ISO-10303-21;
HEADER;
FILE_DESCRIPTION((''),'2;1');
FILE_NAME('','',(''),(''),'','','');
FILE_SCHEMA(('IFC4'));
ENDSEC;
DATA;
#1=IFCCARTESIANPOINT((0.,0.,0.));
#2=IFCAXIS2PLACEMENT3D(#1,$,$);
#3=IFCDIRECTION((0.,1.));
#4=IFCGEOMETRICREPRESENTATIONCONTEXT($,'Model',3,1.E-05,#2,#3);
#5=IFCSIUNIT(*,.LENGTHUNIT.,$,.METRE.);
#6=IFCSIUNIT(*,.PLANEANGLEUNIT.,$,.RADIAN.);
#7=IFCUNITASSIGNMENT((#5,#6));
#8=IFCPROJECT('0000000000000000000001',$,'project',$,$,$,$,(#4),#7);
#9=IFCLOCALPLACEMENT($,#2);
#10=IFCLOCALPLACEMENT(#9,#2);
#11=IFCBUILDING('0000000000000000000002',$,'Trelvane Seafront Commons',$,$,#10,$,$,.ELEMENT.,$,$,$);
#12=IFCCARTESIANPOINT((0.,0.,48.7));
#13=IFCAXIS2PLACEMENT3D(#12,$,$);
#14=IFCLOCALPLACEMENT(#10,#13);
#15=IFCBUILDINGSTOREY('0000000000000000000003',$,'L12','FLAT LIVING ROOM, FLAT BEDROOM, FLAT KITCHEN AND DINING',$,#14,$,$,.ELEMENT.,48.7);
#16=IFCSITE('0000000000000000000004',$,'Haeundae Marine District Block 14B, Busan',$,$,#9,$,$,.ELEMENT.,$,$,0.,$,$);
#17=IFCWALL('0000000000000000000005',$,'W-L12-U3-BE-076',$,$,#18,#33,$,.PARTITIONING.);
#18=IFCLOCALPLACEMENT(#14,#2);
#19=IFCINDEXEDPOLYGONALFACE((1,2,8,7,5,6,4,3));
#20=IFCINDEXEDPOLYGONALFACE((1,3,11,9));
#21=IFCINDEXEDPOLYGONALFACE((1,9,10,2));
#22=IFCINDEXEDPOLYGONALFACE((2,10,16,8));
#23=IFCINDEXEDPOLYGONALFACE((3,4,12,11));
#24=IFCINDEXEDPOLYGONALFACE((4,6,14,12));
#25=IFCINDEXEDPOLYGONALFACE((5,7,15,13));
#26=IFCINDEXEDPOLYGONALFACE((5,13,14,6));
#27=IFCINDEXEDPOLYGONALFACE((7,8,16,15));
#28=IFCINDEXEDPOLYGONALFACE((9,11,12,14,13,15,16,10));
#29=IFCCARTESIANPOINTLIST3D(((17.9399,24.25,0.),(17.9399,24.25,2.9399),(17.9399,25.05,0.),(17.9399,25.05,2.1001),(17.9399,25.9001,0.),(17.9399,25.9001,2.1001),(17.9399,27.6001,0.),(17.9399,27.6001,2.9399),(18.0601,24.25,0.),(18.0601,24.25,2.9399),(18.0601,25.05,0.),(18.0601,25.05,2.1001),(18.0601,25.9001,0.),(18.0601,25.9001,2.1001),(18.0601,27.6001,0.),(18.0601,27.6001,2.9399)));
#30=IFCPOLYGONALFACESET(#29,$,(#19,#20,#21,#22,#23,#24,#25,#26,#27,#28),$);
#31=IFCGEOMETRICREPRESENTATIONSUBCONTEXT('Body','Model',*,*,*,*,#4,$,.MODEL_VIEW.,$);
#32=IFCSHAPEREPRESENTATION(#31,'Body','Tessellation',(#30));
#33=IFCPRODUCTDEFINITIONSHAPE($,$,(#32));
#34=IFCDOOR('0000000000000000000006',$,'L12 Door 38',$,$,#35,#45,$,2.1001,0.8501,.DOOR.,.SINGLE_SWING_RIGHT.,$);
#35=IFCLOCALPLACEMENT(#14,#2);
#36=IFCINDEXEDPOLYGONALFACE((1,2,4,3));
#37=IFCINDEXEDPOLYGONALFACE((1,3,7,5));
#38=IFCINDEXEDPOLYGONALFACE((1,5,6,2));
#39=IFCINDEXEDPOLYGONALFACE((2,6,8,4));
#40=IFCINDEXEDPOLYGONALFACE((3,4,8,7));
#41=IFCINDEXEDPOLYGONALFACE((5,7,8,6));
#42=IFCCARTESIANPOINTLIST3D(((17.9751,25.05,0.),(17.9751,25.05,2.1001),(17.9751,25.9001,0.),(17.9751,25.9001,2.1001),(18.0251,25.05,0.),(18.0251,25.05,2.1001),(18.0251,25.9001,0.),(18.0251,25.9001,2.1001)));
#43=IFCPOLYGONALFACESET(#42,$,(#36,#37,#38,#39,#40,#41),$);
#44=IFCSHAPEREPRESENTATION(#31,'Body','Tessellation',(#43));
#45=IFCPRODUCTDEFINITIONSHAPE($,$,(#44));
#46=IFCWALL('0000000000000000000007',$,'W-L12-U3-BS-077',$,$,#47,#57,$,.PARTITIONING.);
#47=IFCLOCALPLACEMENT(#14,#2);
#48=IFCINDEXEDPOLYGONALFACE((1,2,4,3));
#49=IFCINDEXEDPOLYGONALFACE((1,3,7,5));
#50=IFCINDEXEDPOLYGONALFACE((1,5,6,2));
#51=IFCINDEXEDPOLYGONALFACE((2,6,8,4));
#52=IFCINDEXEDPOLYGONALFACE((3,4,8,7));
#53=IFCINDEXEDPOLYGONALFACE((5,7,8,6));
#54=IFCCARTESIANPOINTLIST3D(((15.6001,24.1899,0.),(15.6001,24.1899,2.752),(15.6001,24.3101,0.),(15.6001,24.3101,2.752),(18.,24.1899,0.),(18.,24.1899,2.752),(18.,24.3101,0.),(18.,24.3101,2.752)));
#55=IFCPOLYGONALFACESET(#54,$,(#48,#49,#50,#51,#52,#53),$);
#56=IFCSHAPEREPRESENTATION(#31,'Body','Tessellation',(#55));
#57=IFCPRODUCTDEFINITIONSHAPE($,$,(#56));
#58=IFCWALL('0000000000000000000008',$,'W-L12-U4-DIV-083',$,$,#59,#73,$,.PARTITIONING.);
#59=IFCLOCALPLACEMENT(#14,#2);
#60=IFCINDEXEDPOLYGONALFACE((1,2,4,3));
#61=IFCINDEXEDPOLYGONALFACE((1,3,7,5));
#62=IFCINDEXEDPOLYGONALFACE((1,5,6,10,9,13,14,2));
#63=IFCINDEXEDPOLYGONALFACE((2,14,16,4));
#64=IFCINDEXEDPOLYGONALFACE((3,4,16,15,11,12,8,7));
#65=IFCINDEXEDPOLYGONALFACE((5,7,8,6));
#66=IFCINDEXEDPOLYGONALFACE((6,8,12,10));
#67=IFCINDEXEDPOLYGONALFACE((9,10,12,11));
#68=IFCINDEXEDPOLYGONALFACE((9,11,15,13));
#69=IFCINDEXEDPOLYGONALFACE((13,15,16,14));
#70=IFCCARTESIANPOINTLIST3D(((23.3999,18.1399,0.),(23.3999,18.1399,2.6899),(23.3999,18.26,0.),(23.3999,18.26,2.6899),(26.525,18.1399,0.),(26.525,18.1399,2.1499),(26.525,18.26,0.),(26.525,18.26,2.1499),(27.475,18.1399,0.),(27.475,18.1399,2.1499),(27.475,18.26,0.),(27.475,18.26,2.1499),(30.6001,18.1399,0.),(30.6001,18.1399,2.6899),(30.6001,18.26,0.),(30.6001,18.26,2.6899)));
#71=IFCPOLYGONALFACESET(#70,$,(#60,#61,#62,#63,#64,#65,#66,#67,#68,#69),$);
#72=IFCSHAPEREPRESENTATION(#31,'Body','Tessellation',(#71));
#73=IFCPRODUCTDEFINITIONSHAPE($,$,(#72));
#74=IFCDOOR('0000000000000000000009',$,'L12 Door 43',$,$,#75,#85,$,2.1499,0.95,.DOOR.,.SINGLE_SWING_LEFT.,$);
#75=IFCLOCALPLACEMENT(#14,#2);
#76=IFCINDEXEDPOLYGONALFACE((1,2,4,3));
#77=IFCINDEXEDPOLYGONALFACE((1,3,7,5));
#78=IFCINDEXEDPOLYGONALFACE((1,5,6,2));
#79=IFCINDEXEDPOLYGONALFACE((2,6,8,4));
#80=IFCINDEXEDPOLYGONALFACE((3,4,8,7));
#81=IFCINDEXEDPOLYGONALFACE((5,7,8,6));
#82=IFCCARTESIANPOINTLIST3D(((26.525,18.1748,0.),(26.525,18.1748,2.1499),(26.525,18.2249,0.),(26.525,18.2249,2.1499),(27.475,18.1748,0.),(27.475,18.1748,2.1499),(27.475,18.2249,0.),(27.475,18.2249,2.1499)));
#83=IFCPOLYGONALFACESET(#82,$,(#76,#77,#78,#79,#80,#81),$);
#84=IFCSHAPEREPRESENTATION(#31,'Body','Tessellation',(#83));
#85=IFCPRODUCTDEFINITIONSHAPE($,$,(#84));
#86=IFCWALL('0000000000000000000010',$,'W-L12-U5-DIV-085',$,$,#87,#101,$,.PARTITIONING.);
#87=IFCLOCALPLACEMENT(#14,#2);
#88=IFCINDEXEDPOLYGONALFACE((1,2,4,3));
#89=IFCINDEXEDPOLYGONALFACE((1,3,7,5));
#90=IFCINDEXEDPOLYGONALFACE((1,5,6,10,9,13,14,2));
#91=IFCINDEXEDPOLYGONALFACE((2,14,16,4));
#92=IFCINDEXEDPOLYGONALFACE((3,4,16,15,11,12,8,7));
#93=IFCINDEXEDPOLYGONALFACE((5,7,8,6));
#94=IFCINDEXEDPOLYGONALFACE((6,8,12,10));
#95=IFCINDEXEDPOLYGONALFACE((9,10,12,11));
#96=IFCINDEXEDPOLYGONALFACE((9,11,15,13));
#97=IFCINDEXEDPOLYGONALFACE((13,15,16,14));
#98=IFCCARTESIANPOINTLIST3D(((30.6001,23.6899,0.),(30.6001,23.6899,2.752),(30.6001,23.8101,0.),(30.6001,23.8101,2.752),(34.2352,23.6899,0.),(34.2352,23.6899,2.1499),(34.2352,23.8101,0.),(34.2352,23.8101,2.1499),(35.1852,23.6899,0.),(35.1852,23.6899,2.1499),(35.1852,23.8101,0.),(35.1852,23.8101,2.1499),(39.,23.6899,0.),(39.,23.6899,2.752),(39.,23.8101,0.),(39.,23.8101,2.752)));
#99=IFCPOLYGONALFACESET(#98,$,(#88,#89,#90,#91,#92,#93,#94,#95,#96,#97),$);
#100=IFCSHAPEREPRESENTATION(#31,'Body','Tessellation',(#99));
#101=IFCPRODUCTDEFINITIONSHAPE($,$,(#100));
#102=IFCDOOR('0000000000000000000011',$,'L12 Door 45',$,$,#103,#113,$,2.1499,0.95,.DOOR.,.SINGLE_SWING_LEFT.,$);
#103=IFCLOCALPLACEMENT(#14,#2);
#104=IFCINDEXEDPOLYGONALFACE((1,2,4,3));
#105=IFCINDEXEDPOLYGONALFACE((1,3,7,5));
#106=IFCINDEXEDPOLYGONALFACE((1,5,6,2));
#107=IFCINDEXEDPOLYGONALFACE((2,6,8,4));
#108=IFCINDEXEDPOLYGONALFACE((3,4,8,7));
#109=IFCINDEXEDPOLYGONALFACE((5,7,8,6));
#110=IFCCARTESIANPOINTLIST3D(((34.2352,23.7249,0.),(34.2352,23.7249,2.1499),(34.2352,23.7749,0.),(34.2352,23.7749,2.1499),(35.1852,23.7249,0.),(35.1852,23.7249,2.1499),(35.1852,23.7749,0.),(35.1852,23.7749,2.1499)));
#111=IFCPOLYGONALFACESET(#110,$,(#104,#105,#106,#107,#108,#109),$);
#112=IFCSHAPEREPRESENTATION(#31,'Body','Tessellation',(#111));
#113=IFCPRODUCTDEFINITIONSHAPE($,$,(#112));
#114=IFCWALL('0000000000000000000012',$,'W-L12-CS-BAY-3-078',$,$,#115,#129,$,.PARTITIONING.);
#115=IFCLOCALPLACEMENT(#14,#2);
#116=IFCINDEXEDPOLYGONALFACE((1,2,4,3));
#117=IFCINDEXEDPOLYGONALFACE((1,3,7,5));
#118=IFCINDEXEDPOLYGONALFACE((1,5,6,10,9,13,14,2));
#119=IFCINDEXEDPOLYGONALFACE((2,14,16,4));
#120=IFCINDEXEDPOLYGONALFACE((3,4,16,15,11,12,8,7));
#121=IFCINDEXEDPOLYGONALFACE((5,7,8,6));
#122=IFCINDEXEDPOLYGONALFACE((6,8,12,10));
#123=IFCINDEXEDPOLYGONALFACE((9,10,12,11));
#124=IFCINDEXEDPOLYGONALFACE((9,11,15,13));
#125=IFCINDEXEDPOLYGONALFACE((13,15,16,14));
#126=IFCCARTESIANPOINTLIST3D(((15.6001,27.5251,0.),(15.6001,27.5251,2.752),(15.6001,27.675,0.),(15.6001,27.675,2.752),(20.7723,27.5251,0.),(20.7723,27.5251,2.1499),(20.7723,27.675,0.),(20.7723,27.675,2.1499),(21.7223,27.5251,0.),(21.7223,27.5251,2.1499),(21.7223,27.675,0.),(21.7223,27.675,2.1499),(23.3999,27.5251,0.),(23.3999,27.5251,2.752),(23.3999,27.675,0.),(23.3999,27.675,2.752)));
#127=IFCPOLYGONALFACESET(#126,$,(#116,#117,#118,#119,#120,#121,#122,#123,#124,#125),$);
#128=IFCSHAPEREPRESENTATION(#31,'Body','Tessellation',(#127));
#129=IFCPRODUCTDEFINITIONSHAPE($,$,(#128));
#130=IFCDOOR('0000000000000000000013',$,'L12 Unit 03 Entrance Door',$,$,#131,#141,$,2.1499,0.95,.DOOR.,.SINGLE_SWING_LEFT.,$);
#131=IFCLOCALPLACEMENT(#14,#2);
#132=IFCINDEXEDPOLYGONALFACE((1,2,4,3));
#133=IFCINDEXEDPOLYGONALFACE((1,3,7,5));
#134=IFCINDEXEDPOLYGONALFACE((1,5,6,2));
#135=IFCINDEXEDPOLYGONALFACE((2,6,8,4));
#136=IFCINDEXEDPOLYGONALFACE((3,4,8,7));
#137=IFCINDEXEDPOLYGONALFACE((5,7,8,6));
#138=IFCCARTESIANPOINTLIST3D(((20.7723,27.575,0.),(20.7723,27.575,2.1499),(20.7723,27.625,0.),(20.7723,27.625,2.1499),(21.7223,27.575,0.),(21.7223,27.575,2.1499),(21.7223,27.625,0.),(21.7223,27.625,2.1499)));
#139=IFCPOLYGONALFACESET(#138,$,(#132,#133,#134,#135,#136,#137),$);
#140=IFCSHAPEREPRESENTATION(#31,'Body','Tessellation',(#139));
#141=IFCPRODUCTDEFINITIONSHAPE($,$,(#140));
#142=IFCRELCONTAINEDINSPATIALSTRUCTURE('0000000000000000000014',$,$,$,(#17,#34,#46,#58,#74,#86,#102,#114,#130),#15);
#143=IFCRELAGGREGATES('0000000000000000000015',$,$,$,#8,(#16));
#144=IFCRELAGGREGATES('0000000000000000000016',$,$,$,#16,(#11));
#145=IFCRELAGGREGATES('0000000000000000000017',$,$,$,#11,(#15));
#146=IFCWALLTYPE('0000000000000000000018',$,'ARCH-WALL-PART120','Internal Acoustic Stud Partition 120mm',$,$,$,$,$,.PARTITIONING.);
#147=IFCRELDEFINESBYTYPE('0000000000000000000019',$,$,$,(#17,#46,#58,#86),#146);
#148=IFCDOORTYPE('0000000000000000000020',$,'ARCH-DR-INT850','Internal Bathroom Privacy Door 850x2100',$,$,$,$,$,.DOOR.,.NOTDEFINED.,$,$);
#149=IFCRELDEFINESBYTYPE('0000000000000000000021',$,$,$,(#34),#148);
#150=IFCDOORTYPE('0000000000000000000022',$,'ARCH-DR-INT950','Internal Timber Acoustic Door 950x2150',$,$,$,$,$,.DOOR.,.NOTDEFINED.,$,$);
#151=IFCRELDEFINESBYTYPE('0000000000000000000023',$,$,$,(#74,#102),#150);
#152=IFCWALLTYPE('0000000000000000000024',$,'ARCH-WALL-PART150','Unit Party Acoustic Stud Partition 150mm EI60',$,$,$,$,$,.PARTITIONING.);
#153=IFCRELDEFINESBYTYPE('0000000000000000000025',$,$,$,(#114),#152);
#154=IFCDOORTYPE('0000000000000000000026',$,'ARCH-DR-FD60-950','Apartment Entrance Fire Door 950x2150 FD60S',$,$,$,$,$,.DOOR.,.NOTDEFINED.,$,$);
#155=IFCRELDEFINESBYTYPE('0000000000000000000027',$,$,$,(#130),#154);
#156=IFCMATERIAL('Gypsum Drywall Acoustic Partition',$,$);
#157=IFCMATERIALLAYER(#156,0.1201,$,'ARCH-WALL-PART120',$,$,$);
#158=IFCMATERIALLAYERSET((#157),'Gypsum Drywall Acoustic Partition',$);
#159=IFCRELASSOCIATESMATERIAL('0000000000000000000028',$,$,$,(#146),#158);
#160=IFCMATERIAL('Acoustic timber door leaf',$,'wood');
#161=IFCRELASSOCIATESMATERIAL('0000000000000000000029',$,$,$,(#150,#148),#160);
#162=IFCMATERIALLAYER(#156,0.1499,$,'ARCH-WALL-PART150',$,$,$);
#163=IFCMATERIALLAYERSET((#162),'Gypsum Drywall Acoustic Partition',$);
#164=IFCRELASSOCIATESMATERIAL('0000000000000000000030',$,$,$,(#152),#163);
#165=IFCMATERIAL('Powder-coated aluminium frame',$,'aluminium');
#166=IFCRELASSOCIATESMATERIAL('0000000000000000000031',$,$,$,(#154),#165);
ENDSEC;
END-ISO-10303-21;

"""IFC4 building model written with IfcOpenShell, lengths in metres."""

from ifc_helpers import new_model, si_unit, direction, frame, frame_2d, origin, place, context, subcontext, project, spatial, rectangle, extrude, source, transform, mapped, material, layer, layer_set, type_object, element, fill, save


model = new_model("IFC4")

# Units and contexts
model_context = context("Model", 3, precision=1e-05, world=origin(), true_north=direction((0.0, 1.0)))
body_context = subcontext(model_context, "Body", "Model", "MODEL_VIEW")
ifc_project = project(units=[si_unit("LENGTHUNIT", "METRE"), si_unit("PLANEANGLEUNIT", "RADIAN")], contexts=[model_context])

# Site, building, storey
site_placement = place(None, origin())
site = spatial("IfcSite", under=ifc_project, at=site_placement, Name="Haeundae Marine District Block 14B, Busan", CompositionType="ELEMENT", RefElevation=0.0)
building_placement = place(site_placement, origin())
building = spatial("IfcBuilding", under=site, at=building_placement, Name="Trelvane Seafront Commons", CompositionType="ELEMENT")
storey_placement = place(building_placement, frame((0.0, 0.0, 48.7)))
storey = spatial("IfcBuildingStorey", under=building, at=storey_placement, Name="L12", Description="FLAT LIVING ROOM, FLAT BEDROOM, FLAT KITCHEN AND DINING", CompositionType="ELEMENT", Elevation=48.7)

# Shared definitions
ifc_material_1 = material(Name="Gypsum Drywall Acoustic Partition")
ifc_layer_1 = layer(ifc_material_1, 0.1201, Name="ARCH-WALL-PART120")
ifc_layer_set_1 = layer_set([ifc_layer_1], Name="Gypsum Drywall Acoustic Partition")
wall_type_1 = type_object("IfcWallType", Name="ARCH-WALL-PART120", Description="Internal Acoustic Stud Partition 120mm", PredefinedType="PARTITIONING", material=ifc_layer_set_1)
ifc_material_2 = material(Name="Acoustic timber door leaf", Category="wood")
door_type_1 = type_object("IfcDoorType", Name="ARCH-DR-INT950", Description="Internal Timber Acoustic Door 950x2150", OperationType="NOTDEFINED", PredefinedType="DOOR", material=ifc_material_2)
shared_shape_1 = source(origin(), body_context, "Body", "SweptSolid", [
    extrude(rectangle(XDim=0.95, YDim=2.1499, at=frame_2d((0.4751, 1.075))), frame((0.0, 0.0249, 0.0), z_axis=(0.0, -1.0, 0.0), x_axis=(1.0, 0.0, 0.0)), (0.0, 0.0, 1.0), 0.05),
])

# Wall, opening, door
wall_1_placement = place(storey_placement, frame((18.0, 24.25, 0.0), z_axis=(0.0, 0.0, 1.0), x_axis=(0.0, 1.0, 0.0)))
wall_1 = element("IfcWall", 1, at=wall_1_placement, inside=storey, type_object=wall_type_1, Name="W-L12-U3-BE-076", PredefinedType="PARTITIONING", context=body_context, shape_type="SweptSolid", body=[
    extrude(rectangle(XDim=3.3501, YDim=0.1201, at=frame_2d((1.675, 0.0))), origin(), (0.0, 0.0, 1.0), 2.9399),
])
opening_1_placement = place(wall_1_placement, frame((0.8, 0.0, 0.0)))
opening_1 = element("IfcOpeningElement", 2, at=opening_1_placement, cuts=wall_1, PredefinedType="OPENING", context=body_context, shape_type="SweptSolid", body=[
    extrude(rectangle(XDim=0.8501, YDim=2.1001, at=frame_2d((0.425, 1.05))), frame((0.0, 0.0701, 0.0), z_axis=(0.0, -1.0, 0.0), x_axis=(1.0, 0.0, 0.0)), (0.0, 0.0, 1.0), 0.1401),
])
door_type_2 = type_object("IfcDoorType", Name="ARCH-DR-INT850", Description="Internal Bathroom Privacy Door 850x2100", OperationType="NOTDEFINED", PredefinedType="DOOR", material=ifc_material_2)
shared_shape_2 = source(origin(), body_context, "Body", "SweptSolid", [
    extrude(rectangle(XDim=0.8501, YDim=2.1001, at=frame_2d((0.425, 1.05))), frame((0.0, 0.0249, 0.0), z_axis=(0.0, -1.0, 0.0), x_axis=(1.0, 0.0, 0.0)), (0.0, 0.0, 1.0), 0.05),
])
door_1_placement = place(opening_1_placement, origin())
door_1 = element("IfcDoor", 3, at=door_1_placement, inside=storey, type_object=door_type_2, Name="L12 Door 38", OperationType="SINGLE_SWING_RIGHT", OverallHeight=2.1001, OverallWidth=0.8501, PredefinedType="DOOR", context=body_context, shape_type="MappedRepresentation", body=[
    mapped(shared_shape_2, transform((0.0, 0.0, 0.0), x_axis=(1.0, 0.0, 0.0), y_axis=(0.0, 1.0, 0.0), z_axis=(0.0, 0.0, 1.0), scale=1.0)),
])
fill(opening_1, door_1)

# Wall
wall_2_placement = place(storey_placement, frame((15.6001, 24.25, 0.0), z_axis=(0.0, 0.0, 1.0), x_axis=(1.0, 0.0, 0.0)))
element("IfcWall", 4, at=wall_2_placement, inside=storey, type_object=wall_type_1, Name="W-L12-U3-BS-077", PredefinedType="PARTITIONING", context=body_context, shape_type="SweptSolid", body=[
    extrude(rectangle(XDim=2.3999, YDim=0.1201, at=frame_2d((1.2, 0.0))), origin(), (0.0, 0.0, 1.0), 2.752),
])

# Walls, openings, doors
wall_3_placement = place(storey_placement, frame((23.3999, 18.2, 0.0), z_axis=(0.0, 0.0, 1.0), x_axis=(1.0, 0.0, 0.0)))
wall_3 = element("IfcWall", 5, at=wall_3_placement, inside=storey, type_object=wall_type_1, Name="W-L12-U4-DIV-083", PredefinedType="PARTITIONING", context=body_context, shape_type="SweptSolid", body=[
    extrude(rectangle(XDim=7.2002, YDim=0.1201, at=frame_2d((3.6001, 0.0))), origin(), (0.0, 0.0, 1.0), 2.6899),
])
opening_2_placement = place(wall_3_placement, frame((3.125, 0.0, 0.0)))
opening_2 = element("IfcOpeningElement", 6, at=opening_2_placement, cuts=wall_3, PredefinedType="OPENING", context=body_context, shape_type="SweptSolid", body=[
    extrude(rectangle(XDim=0.95, YDim=2.1499, at=frame_2d((0.4751, 1.075))), frame((0.0, 0.0701, 0.0), z_axis=(0.0, -1.0, 0.0), x_axis=(1.0, 0.0, 0.0)), (0.0, 0.0, 1.0), 0.1401),
])
door_2_placement = place(opening_2_placement, origin())
door_2 = element("IfcDoor", 7, at=door_2_placement, inside=storey, type_object=door_type_1, Name="L12 Door 43", OperationType="SINGLE_SWING_LEFT", OverallHeight=2.1499, OverallWidth=0.95, PredefinedType="DOOR", context=body_context, shape_type="MappedRepresentation", body=[
    mapped(shared_shape_1, transform((0.0, 0.0, 0.0), x_axis=(1.0, 0.0, 0.0), y_axis=(0.0, 1.0, 0.0), z_axis=(0.0, 0.0, 1.0), scale=1.0)),
])
fill(opening_2, door_2)
wall_4_placement = place(storey_placement, frame((30.6001, 23.75, 0.0), z_axis=(0.0, 0.0, 1.0), x_axis=(1.0, 0.0, 0.0)))
wall_4 = element("IfcWall", 8, at=wall_4_placement, inside=storey, type_object=wall_type_1, Name="W-L12-U5-DIV-085", PredefinedType="PARTITIONING", context=body_context, shape_type="SweptSolid", body=[
    extrude(rectangle(XDim=8.3999, YDim=0.1201, at=frame_2d((4.2, 0.0))), origin(), (0.0, 0.0, 1.0), 2.752),
])
opening_3_placement = place(wall_4_placement, frame((3.635, 0.0, 0.0)))
opening_3 = element("IfcOpeningElement", 9, at=opening_3_placement, cuts=wall_4, PredefinedType="OPENING", context=body_context, shape_type="SweptSolid", body=[
    extrude(rectangle(XDim=0.95, YDim=2.1499, at=frame_2d((0.4751, 1.075))), frame((0.0, 0.0701, 0.0), z_axis=(0.0, -1.0, 0.0), x_axis=(1.0, 0.0, 0.0)), (0.0, 0.0, 1.0), 0.1401),
])
door_3_placement = place(opening_3_placement, origin())
door_3 = element("IfcDoor", 10, at=door_3_placement, inside=storey, type_object=door_type_1, Name="L12 Door 45", OperationType="SINGLE_SWING_LEFT", OverallHeight=2.1499, OverallWidth=0.95, PredefinedType="DOOR", context=body_context, shape_type="MappedRepresentation", body=[
    mapped(shared_shape_1, transform((0.0, 0.0, 0.0), x_axis=(1.0, 0.0, 0.0), y_axis=(0.0, 1.0, 0.0), z_axis=(0.0, 0.0, 1.0), scale=1.0)),
])
fill(opening_3, door_3)
ifc_layer_2 = layer(ifc_material_1, 0.1499, Name="ARCH-WALL-PART150")
ifc_layer_set_2 = layer_set([ifc_layer_2], Name="Gypsum Drywall Acoustic Partition")
wall_type_2 = type_object("IfcWallType", Name="ARCH-WALL-PART150", Description="Unit Party Acoustic Stud Partition 150mm EI60", PredefinedType="PARTITIONING", material=ifc_layer_set_2)
wall_5_placement = place(storey_placement, frame((15.6001, 27.6001, 0.0), z_axis=(0.0, 0.0, 1.0), x_axis=(1.0, 0.0, 0.0)))
wall_5 = element("IfcWall", 11, at=wall_5_placement, inside=storey, type_object=wall_type_2, Name="W-L12-CS-BAY-3-078", PredefinedType="PARTITIONING", context=body_context, shape_type="SweptSolid", body=[
    extrude(rectangle(XDim=7.7998, YDim=0.1499, at=frame_2d((3.8999, 0.0))), origin(), (0.0, 0.0, 1.0), 2.752),
])
opening_4_placement = place(wall_5_placement, frame((5.1721, 0.0, 0.0)))
opening_4 = element("IfcOpeningElement", 12, at=opening_4_placement, cuts=wall_5, PredefinedType="OPENING", context=body_context, shape_type="SweptSolid", body=[
    extrude(rectangle(XDim=0.95, YDim=2.1499, at=frame_2d((0.4751, 1.075))), frame((0.0, 0.085, 0.0), z_axis=(0.0, -1.0, 0.0), x_axis=(1.0, 0.0, 0.0)), (0.0, 0.0, 1.0), 0.1699),
])
ifc_material_3 = material(Name="Powder-coated aluminium frame", Category="aluminium")
door_type_3 = type_object("IfcDoorType", Name="ARCH-DR-FD60-950", Description="Apartment Entrance Fire Door 950x2150 FD60S", OperationType="NOTDEFINED", PredefinedType="DOOR", material=ifc_material_3)
door_4_placement = place(opening_4_placement, origin())
door_4 = element("IfcDoor", 13, at=door_4_placement, inside=storey, type_object=door_type_3, Name="L12 Unit 03 Entrance Door", OperationType="SINGLE_SWING_LEFT", OverallHeight=2.1499, OverallWidth=0.95, PredefinedType="DOOR", context=body_context, shape_type="MappedRepresentation", body=[
    mapped(shared_shape_1, transform((0.0, 0.0, 0.0), x_axis=(1.0, 0.0, 0.0), y_axis=(0.0, 1.0, 0.0), z_axis=(0.0, 0.0, 1.0), scale=1.0)),
])
fill(opening_4, door_4)

save(model, "model.ifc")
